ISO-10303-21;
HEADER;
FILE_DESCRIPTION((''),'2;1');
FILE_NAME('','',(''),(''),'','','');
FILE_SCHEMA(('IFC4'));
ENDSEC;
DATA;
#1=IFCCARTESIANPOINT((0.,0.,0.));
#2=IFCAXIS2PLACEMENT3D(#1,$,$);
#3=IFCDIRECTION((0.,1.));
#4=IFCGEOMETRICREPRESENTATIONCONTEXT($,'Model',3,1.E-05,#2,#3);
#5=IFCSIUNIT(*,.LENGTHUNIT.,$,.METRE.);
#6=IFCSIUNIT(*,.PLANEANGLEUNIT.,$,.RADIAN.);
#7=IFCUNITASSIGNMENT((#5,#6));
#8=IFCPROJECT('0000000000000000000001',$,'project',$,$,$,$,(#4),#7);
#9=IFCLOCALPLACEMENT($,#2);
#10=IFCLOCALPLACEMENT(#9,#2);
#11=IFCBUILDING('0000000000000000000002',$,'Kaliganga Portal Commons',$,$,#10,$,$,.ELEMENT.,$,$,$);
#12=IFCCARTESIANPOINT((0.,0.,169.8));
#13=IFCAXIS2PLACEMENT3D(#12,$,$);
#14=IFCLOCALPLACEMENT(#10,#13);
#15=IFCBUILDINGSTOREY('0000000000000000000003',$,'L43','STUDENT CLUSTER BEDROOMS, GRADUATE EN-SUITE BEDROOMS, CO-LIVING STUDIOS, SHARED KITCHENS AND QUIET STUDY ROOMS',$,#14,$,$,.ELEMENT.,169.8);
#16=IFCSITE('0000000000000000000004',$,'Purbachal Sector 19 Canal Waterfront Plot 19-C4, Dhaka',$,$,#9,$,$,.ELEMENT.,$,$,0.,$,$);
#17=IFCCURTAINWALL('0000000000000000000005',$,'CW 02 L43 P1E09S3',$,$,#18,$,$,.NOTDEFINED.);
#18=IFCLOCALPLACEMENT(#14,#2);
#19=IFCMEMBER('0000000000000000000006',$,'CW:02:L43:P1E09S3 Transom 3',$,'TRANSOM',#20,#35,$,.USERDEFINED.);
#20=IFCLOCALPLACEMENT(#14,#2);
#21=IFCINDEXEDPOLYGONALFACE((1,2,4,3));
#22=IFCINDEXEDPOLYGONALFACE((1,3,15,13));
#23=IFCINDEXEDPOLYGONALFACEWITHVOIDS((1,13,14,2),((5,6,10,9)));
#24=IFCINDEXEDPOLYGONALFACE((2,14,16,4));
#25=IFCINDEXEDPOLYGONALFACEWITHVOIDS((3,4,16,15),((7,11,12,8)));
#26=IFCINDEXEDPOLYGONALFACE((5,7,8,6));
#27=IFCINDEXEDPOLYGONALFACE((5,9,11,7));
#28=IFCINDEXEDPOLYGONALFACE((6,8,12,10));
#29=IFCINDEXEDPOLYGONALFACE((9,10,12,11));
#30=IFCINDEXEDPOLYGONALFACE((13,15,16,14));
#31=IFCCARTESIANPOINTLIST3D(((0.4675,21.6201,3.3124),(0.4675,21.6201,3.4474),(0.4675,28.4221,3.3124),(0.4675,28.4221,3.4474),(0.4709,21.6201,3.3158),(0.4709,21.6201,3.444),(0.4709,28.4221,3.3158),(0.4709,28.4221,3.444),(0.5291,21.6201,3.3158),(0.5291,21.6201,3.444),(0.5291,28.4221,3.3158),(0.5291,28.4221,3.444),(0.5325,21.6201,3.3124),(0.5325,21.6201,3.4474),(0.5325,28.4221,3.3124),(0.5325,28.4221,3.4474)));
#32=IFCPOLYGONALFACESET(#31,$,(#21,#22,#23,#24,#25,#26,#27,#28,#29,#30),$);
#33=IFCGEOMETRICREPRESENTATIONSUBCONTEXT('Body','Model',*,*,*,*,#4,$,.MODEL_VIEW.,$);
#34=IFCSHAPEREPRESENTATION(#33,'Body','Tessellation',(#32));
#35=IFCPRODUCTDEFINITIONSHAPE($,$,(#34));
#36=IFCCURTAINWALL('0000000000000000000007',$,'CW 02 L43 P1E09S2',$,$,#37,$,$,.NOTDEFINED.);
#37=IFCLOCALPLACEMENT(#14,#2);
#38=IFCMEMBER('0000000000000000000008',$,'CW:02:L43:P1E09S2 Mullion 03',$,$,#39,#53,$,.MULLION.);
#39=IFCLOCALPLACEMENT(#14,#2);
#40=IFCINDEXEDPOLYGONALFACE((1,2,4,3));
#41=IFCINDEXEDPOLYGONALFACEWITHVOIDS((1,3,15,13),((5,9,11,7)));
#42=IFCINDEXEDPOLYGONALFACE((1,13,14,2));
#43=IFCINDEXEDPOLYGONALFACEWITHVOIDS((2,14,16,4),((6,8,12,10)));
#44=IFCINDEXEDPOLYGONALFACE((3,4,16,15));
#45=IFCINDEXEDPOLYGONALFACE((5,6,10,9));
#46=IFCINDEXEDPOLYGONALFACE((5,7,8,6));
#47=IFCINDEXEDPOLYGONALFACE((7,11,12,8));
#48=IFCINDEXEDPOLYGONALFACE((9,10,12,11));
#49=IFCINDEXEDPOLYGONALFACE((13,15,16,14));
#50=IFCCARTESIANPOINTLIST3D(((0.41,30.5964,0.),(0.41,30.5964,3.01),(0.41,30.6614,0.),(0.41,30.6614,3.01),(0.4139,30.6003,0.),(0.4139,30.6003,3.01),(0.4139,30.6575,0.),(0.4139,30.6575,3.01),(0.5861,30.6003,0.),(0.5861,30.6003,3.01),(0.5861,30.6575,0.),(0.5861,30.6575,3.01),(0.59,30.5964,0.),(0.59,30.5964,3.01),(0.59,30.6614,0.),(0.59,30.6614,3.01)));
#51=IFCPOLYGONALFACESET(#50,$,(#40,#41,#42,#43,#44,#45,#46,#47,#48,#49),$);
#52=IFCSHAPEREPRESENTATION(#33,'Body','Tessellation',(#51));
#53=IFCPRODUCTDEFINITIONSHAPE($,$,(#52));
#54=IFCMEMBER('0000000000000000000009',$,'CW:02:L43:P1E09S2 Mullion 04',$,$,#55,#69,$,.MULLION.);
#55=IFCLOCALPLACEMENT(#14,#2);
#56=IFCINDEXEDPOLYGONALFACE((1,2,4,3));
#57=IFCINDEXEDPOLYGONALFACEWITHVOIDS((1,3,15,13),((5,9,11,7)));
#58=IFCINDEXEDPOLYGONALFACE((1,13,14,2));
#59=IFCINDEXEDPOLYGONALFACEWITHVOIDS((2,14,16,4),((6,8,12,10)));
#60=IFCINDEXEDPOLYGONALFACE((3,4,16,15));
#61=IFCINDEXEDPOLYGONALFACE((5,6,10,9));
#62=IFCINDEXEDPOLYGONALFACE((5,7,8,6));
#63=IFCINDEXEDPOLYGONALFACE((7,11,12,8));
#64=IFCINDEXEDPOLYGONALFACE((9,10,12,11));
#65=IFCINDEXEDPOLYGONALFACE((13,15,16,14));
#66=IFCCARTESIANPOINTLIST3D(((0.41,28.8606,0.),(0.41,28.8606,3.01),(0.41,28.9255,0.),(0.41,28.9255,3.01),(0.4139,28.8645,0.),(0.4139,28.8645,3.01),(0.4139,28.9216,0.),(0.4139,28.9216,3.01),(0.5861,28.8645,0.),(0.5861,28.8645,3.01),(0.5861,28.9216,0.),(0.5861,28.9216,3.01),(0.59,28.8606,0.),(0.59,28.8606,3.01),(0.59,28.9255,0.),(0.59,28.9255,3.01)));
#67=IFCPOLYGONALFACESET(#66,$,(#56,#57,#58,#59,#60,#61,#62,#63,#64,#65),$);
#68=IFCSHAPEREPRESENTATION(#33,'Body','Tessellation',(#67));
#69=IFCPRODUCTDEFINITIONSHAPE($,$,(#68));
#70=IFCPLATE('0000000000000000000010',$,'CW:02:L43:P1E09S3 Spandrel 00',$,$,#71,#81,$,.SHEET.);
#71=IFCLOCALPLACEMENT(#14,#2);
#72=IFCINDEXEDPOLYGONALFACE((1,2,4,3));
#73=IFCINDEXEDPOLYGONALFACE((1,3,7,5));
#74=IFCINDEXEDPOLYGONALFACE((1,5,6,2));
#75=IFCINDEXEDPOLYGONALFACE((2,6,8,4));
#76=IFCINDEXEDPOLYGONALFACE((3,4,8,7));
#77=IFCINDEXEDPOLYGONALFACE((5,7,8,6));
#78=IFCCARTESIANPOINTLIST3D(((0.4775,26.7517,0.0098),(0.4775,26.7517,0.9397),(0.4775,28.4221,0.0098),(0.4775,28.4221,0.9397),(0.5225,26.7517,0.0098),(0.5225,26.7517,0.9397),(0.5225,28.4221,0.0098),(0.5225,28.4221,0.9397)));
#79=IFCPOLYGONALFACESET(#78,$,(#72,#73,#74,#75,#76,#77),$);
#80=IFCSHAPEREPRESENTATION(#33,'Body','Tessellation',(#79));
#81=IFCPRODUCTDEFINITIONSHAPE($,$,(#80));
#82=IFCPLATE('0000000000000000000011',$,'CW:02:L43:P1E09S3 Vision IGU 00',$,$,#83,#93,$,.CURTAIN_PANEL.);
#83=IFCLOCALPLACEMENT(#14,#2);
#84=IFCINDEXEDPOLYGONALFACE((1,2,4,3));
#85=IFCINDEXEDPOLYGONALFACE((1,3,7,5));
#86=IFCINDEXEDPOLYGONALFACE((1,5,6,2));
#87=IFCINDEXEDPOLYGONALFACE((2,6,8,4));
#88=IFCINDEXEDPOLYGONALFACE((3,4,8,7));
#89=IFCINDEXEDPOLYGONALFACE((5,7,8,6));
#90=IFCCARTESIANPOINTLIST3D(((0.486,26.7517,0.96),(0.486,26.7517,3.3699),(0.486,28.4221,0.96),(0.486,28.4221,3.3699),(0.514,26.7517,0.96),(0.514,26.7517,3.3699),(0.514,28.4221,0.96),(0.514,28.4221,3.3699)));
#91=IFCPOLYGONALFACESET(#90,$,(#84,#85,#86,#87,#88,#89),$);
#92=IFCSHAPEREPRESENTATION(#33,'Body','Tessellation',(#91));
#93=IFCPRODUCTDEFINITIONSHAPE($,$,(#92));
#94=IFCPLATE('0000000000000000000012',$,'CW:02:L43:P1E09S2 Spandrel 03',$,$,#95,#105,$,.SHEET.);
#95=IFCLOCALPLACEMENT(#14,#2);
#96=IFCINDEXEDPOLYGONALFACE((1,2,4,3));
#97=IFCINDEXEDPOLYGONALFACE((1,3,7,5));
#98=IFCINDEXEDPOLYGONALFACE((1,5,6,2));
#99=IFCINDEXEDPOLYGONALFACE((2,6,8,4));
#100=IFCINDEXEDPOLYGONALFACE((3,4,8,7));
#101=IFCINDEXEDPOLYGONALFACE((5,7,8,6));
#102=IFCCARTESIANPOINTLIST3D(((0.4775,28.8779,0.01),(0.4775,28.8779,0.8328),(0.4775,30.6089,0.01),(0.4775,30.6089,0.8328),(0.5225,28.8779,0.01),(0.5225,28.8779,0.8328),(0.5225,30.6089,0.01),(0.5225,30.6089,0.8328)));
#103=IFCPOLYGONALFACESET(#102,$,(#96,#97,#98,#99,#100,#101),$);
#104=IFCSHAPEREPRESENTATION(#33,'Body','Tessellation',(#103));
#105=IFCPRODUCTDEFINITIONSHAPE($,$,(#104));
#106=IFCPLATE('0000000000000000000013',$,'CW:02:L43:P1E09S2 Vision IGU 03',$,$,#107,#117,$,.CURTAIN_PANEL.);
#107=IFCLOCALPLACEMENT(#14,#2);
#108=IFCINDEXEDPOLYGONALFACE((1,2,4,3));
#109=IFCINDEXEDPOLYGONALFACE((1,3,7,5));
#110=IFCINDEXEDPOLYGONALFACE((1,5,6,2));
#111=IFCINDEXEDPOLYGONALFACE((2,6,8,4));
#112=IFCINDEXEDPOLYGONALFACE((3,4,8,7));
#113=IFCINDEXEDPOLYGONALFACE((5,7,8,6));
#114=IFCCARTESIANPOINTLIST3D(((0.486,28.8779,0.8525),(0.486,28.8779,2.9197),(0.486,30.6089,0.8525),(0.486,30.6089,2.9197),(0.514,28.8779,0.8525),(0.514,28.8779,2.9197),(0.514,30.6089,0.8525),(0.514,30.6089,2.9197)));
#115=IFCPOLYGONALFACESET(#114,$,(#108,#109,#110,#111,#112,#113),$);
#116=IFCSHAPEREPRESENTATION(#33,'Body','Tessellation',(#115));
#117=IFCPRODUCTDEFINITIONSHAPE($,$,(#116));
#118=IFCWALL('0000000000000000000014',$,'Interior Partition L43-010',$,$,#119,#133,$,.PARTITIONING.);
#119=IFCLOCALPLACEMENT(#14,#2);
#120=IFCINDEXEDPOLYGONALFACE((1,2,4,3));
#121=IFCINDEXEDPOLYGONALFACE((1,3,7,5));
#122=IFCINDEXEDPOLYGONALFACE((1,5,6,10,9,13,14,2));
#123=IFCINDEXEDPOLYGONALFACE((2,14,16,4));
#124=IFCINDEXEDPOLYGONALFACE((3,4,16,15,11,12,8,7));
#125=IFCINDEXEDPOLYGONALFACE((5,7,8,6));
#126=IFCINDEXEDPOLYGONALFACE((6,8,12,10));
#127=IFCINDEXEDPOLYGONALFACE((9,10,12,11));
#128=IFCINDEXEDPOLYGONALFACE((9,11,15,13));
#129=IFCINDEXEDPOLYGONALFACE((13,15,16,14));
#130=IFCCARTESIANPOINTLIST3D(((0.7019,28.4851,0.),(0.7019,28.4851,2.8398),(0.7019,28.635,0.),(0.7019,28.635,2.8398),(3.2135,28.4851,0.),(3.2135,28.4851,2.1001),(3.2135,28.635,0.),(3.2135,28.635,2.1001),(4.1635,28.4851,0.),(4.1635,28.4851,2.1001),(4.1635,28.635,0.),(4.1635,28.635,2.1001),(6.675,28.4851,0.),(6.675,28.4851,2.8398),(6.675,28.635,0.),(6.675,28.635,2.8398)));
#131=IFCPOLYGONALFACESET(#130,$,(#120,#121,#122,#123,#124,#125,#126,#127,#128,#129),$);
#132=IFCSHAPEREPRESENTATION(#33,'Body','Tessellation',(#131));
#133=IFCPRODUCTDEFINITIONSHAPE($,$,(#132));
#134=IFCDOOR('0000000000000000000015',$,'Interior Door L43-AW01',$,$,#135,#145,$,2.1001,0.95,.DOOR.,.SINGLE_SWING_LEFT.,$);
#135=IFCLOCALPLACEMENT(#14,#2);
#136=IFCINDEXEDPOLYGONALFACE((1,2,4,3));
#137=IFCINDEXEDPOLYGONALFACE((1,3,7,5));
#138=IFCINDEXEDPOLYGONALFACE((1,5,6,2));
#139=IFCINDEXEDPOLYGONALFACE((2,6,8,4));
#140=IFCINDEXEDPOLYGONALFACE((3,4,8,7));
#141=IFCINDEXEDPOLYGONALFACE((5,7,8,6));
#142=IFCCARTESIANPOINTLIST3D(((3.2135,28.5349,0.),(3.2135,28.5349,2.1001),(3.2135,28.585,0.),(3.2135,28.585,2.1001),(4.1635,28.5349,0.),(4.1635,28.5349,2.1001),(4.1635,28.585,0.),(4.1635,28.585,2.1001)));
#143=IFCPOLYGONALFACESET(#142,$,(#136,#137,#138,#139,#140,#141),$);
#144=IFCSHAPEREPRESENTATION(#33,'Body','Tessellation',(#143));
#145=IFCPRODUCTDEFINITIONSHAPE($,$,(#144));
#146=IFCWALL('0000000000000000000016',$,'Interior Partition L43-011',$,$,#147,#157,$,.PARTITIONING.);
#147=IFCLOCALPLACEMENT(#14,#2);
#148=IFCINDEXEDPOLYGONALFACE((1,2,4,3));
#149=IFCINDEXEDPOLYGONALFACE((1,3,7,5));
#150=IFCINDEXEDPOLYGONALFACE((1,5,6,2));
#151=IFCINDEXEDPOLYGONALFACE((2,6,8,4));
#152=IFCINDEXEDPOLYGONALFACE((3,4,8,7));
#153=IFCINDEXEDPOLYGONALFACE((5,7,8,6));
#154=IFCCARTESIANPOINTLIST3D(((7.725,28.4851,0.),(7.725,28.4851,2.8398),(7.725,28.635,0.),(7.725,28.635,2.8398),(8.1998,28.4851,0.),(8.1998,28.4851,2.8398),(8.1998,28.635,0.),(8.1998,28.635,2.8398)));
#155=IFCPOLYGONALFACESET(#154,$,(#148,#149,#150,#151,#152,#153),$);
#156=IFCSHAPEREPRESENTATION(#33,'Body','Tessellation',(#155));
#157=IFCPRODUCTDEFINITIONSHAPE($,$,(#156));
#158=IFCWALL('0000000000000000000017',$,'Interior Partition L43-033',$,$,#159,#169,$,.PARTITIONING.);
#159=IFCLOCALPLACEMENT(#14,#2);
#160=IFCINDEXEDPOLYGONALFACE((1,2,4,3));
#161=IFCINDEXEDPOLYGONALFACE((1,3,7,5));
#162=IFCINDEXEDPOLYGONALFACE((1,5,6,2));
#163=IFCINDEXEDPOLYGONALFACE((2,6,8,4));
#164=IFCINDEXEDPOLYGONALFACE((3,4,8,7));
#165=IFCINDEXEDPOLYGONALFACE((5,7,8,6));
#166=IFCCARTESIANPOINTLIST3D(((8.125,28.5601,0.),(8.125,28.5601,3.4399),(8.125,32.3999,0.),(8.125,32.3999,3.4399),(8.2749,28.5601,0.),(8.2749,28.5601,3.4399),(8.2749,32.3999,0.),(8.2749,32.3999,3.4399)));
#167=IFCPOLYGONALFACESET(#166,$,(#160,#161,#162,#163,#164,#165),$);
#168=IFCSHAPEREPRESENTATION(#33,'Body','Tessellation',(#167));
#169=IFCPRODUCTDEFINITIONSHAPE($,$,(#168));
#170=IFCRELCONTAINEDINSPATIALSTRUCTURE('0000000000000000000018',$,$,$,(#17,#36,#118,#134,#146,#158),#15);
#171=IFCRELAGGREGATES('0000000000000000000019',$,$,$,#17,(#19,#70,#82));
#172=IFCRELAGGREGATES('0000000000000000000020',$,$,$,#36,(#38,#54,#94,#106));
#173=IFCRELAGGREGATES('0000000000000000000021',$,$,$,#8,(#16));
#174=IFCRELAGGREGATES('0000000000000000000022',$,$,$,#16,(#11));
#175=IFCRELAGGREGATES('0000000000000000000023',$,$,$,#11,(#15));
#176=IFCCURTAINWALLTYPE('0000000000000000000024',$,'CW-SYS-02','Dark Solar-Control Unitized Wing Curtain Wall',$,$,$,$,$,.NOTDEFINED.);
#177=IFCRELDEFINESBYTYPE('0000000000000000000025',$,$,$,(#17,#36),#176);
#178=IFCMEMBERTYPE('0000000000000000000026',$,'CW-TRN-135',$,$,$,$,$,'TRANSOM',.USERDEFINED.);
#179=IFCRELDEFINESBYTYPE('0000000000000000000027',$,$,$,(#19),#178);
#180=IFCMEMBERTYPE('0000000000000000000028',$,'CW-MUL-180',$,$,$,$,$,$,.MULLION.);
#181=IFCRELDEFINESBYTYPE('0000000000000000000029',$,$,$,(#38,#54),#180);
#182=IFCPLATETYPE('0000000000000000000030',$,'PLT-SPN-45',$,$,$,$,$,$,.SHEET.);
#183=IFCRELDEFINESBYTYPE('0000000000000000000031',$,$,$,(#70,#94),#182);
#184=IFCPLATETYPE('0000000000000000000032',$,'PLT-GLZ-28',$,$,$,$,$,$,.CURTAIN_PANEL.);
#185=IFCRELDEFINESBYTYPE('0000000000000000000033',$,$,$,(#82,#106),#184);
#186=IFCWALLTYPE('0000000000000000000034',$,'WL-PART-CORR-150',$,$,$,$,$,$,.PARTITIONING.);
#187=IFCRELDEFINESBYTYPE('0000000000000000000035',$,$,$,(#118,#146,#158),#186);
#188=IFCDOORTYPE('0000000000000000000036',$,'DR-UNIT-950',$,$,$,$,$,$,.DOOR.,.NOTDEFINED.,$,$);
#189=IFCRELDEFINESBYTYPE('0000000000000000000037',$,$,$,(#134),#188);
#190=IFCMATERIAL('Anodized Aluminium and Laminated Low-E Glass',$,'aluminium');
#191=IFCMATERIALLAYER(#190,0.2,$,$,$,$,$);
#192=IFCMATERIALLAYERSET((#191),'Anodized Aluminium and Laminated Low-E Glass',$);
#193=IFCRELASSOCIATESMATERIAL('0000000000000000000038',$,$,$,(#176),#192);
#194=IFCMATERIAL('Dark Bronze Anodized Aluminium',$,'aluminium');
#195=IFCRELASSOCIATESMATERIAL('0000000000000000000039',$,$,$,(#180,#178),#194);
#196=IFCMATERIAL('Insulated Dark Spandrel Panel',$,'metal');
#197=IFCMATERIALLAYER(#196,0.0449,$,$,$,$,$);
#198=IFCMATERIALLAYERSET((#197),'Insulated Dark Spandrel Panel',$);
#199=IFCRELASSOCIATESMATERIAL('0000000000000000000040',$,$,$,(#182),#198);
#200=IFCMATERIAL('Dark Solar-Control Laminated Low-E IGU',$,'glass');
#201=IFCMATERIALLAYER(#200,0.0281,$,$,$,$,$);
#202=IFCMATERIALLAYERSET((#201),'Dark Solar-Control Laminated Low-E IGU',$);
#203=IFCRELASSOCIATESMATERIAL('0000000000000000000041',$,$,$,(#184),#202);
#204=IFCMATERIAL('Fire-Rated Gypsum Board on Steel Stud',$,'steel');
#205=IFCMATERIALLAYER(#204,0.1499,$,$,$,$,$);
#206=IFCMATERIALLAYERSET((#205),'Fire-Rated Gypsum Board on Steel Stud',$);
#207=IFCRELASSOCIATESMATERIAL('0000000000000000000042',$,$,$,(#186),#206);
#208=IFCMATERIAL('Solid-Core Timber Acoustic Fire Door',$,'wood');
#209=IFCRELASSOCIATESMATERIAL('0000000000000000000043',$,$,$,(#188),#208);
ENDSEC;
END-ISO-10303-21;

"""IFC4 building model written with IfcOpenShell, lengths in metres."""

from ifc_helpers import new_model, si_unit, direction, frame, frame_2d, origin, origin_2d, place, context, subcontext, project, spatial, rectangle, hollow_rectangle, extrude, source, transform, mapped, material, layer, layer_set, material_profile, profile_set, type_object, element, fill, aggregate, save


model = new_model("IFC4")

# Units and contexts
model_context = context("Model", 3, precision=1e-05, world=origin(), true_north=direction((0.0, 1.0)))
body_context = subcontext(model_context, "Body", "Model", "MODEL_VIEW")
ifc_project = project(units=[si_unit("LENGTHUNIT", "METRE"), si_unit("PLANEANGLEUNIT", "RADIAN")], contexts=[model_context])

# Site, building, storey
site_placement = place(None, origin())
site = spatial("IfcSite", under=ifc_project, at=site_placement, Name="Purbachal Sector 19 Canal Waterfront Plot 19-C4, Dhaka", CompositionType="ELEMENT", RefElevation=0.0)
building_placement = place(site_placement, origin())
building = spatial("IfcBuilding", under=site, at=building_placement, Name="Kaliganga Portal Commons", CompositionType="ELEMENT")
storey_placement = place(building_placement, frame((0.0, 0.0, 169.8)))
storey = spatial("IfcBuildingStorey", under=building, at=storey_placement, Name="L43", Description="STUDENT CLUSTER BEDROOMS, GRADUATE EN-SUITE BEDROOMS, CO-LIVING STUDIOS, SHARED KITCHENS AND QUIET STUDY ROOMS", CompositionType="ELEMENT", Elevation=169.8)

# Curtain walls, members
ifc_material_1 = material(Name="Anodized Aluminium and Laminated Low-E Glass", Category="aluminium")
ifc_layer_1 = layer(ifc_material_1, 0.2)
ifc_layer_set_1 = layer_set([ifc_layer_1], Name="Anodized Aluminium and Laminated Low-E Glass")
curtain_wall_type = type_object("IfcCurtainWallType", Name="CW-SYS-02", Description="Dark Solar-Control Unitized Wing Curtain Wall", PredefinedType="NOTDEFINED", material=ifc_layer_set_1)
curtain_wall_1_placement = place(storey_placement, origin())
curtain_wall_1 = element("IfcCurtainWall", 1, at=curtain_wall_1_placement, inside=storey, type_object=curtain_wall_type, Name="CW 02 L43 P1E09S3", PredefinedType="NOTDEFINED")
ifc_material_2 = material(Name="Dark Bronze Anodized Aluminium", Category="aluminium")
ifc_material_profile_1 = material_profile(ifc_material_2, hollow_rectangle(XDim=0.0649, YDim=0.1799, WallThickness=0.0039, at=origin_2d()), Name="ALU MULL 65x180x4")
ifc_profile_set_1 = profile_set([ifc_material_profile_1], Name="Dark Bronze Anodized Aluminium")
member_type_1 = type_object("IfcMemberType", Name="CW-MUL-180", PredefinedType="MULLION", material=ifc_profile_set_1)
ifc_material_profile_2 = material_profile(ifc_material_2, hollow_rectangle(XDim=0.0649, YDim=0.135, WallThickness=0.0034, at=origin_2d()), Name="ALU TRAN 65x135x3.5")
ifc_profile_set_2 = profile_set([ifc_material_profile_2], Name="Dark Bronze Anodized Aluminium")
member_type_2 = type_object("IfcMemberType", Name="CW-TRN-135", ElementType="TRANSOM", PredefinedType="USERDEFINED", material=ifc_profile_set_2)
shared_shape_1 = source(origin(), body_context, "Body", "SweptSolid", [
    extrude(hollow_rectangle(XDim=0.0649, YDim=0.135, WallThickness=0.0034, at=origin_2d()), origin(), (0.0, 0.0, 1.0), 6.802),
])
member_1_placement = place(storey_placement, frame((0.5, 28.4221, 3.3799), z_axis=(0.0, -1.0, 0.0), x_axis=(1.0, 0.0, 0.0)))
member_1 = element("IfcMember", 2, at=member_1_placement, type_object=member_type_2, Name="CW:02:L43:P1E09S3 Transom 3", ObjectType="TRANSOM", PredefinedType="USERDEFINED", context=body_context, shape_type="MappedRepresentation", body=[
    mapped(shared_shape_1, transform((0.0, 0.0, 0.0), x_axis=(1.0, 0.0, 0.0), y_axis=(0.0, 1.0, 0.0), z_axis=(0.0, 0.0, 1.0), scale=1.0)),
])
curtain_wall_2_placement = place(storey_placement, origin())
curtain_wall_2 = element("IfcCurtainWall", 3, at=curtain_wall_2_placement, inside=storey, type_object=curtain_wall_type, Name="CW 02 L43 P1E09S2", PredefinedType="NOTDEFINED")
shared_shape_2 = source(origin(), body_context, "Body", "SweptSolid", [
    extrude(hollow_rectangle(XDim=0.0649, YDim=0.1799, WallThickness=0.0039, at=origin_2d()), origin(), (0.0, 0.0, 1.0), 3.01),
])
member_2_placement = place(storey_placement, frame((0.5, 30.6289, 0.0), z_axis=(0.0, 0.0, 1.0), x_axis=(0.0, -1.0, 0.0)))
member_2 = element("IfcMember", 4, at=member_2_placement, type_object=member_type_1, Name="CW:02:L43:P1E09S2 Mullion 03", PredefinedType="MULLION", context=body_context, shape_type="MappedRepresentation", body=[
    mapped(shared_shape_2, transform((0.0, 0.0, 0.0), x_axis=(1.0, 0.0, 0.0), y_axis=(0.0, 1.0, 0.0), z_axis=(0.0, 0.0, 1.0), scale=1.0)),
])
member_3_placement = place(storey_placement, frame((0.5, 28.8931, 0.0), z_axis=(0.0, 0.0, 1.0), x_axis=(0.0, -1.0, 0.0)))
member_3 = element("IfcMember", 5, at=member_3_placement, type_object=member_type_1, Name="CW:02:L43:P1E09S2 Mullion 04", PredefinedType="MULLION", context=body_context, shape_type="MappedRepresentation", body=[
    mapped(shared_shape_2, transform((0.0, 0.0, 0.0), x_axis=(1.0, 0.0, 0.0), y_axis=(0.0, 1.0, 0.0), z_axis=(0.0, 0.0, 1.0), scale=1.0)),
])

# Plates
ifc_material_3 = material(Name="Insulated Dark Spandrel Panel", Category="metal")
ifc_layer_2 = layer(ifc_material_3, 0.0449)
ifc_layer_set_2 = layer_set([ifc_layer_2], Name="Insulated Dark Spandrel Panel")
plate_type_1 = type_object("IfcPlateType", Name="PLT-SPN-45", PredefinedType="SHEET", material=ifc_layer_set_2)
shared_shape_3 = source(origin(), body_context, "Body", "SweptSolid", [
    extrude(rectangle(XDim=1.6704, YDim=0.0449, at=origin_2d()), origin(), (0.0, 0.0, 1.0), 0.9299),
])
plate_1_placement = place(storey_placement, frame((0.5, 27.5869, 0.0098), z_axis=(0.0, 0.0, 1.0), x_axis=(0.0, -1.0, 0.0)))
plate_1 = element("IfcPlate", 6, at=plate_1_placement, type_object=plate_type_1, Name="CW:02:L43:P1E09S3 Spandrel 00", PredefinedType="SHEET", context=body_context, shape_type="MappedRepresentation", body=[
    mapped(shared_shape_3, transform((0.0, 0.0, 0.0), x_axis=(1.0, 0.0, 0.0), y_axis=(0.0, 1.0, 0.0), z_axis=(0.0, 0.0, 1.0), scale=1.0)),
])
ifc_material_4 = material(Name="Dark Solar-Control Laminated Low-E IGU", Category="glass")
ifc_layer_3 = layer(ifc_material_4, 0.0281)
ifc_layer_set_3 = layer_set([ifc_layer_3], Name="Dark Solar-Control Laminated Low-E IGU")
plate_type_2 = type_object("IfcPlateType", Name="PLT-GLZ-28", PredefinedType="CURTAIN_PANEL", material=ifc_layer_set_3)
shared_shape_4 = source(origin(), body_context, "Body", "SweptSolid", [
    extrude(rectangle(XDim=1.6704, YDim=0.0281, at=origin_2d()), origin(), (0.0, 0.0, 1.0), 2.4099),
])
plate_2_placement = place(storey_placement, frame((0.5, 27.5869, 0.96), z_axis=(0.0, 0.0, 1.0), x_axis=(0.0, -1.0, 0.0)))
plate_2 = element("IfcPlate", 7, at=plate_2_placement, type_object=plate_type_2, Name="CW:02:L43:P1E09S3 Vision IGU 00", PredefinedType="CURTAIN_PANEL", context=body_context, shape_type="MappedRepresentation", body=[
    mapped(shared_shape_4, transform((0.0, 0.0, 0.0), x_axis=(1.0, 0.0, 0.0), y_axis=(0.0, 1.0, 0.0), z_axis=(0.0, 0.0, 1.0), scale=1.0)),
])
aggregate(curtain_wall_1, [member_1, plate_1, plate_2])
shared_shape_5 = source(origin(), body_context, "Body", "SweptSolid", [
    extrude(rectangle(XDim=1.731, YDim=0.0449, at=origin_2d()), origin(), (0.0, 0.0, 1.0), 0.8228),
])
plate_3_placement = place(storey_placement, frame((0.5, 29.7434, 0.01), z_axis=(0.0, 0.0, 1.0), x_axis=(0.0, -1.0, 0.0)))
plate_3 = element("IfcPlate", 8, at=plate_3_placement, type_object=plate_type_1, Name="CW:02:L43:P1E09S2 Spandrel 03", PredefinedType="SHEET", context=body_context, shape_type="MappedRepresentation", body=[
    mapped(shared_shape_5, transform((0.0, 0.0, 0.0), x_axis=(1.0, 0.0, 0.0), y_axis=(0.0, 1.0, 0.0), z_axis=(0.0, 0.0, 1.0), scale=1.0)),
])
shared_shape_6 = source(origin(), body_context, "Body", "SweptSolid", [
    extrude(rectangle(XDim=1.731, YDim=0.0281, at=origin_2d()), origin(), (0.0, 0.0, 1.0), 2.0671),
])
plate_4_placement = place(storey_placement, frame((0.5, 29.7434, 0.8525), z_axis=(0.0, 0.0, 1.0), x_axis=(0.0, -1.0, 0.0)))
plate_4 = element("IfcPlate", 9, at=plate_4_placement, type_object=plate_type_2, Name="CW:02:L43:P1E09S2 Vision IGU 03", PredefinedType="CURTAIN_PANEL", context=body_context, shape_type="MappedRepresentation", body=[
    mapped(shared_shape_6, transform((0.0, 0.0, 0.0), x_axis=(1.0, 0.0, 0.0), y_axis=(0.0, 1.0, 0.0), z_axis=(0.0, 0.0, 1.0), scale=1.0)),
])
aggregate(curtain_wall_2, [member_2, member_3, plate_3, plate_4])

# Wall, opening, door
ifc_material_5 = material(Name="Fire-Rated Gypsum Board on Steel Stud", Category="steel")
ifc_layer_4 = layer(ifc_material_5, 0.1499)
ifc_layer_set_4 = layer_set([ifc_layer_4], Name="Fire-Rated Gypsum Board on Steel Stud")
wall_type_1 = type_object("IfcWallType", Name="WL-PART-CORR-150", PredefinedType="PARTITIONING", material=ifc_layer_set_4)
wall_1_placement = place(storey_placement, frame((0.7019, 28.5601, 0.0), z_axis=(0.0, 0.0, 1.0), x_axis=(1.0, 0.0, 0.0)))
wall_1 = element("IfcWall", 10, at=wall_1_placement, inside=storey, type_object=wall_type_1, Name="Interior Partition L43-010", PredefinedType="PARTITIONING", context=body_context, shape_type="SweptSolid", body=[
    extrude(rectangle(XDim=5.9731, YDim=0.1499, at=frame_2d((2.9866, 0.0))), origin(), (0.0, 0.0, 1.0), 2.8398),
])
opening_placement = place(wall_1_placement, frame((2.5115, 0.0, 0.0)))
opening = element("IfcOpeningElement", 11, at=opening_placement, cuts=wall_1, PredefinedType="OPENING", context=body_context, shape_type="SweptSolid", body=[
    extrude(rectangle(XDim=0.95, YDim=2.1001, at=frame_2d((0.4751, 1.05))), frame((0.0, 0.085, 0.0), z_axis=(0.0, -1.0, 0.0), x_axis=(1.0, 0.0, 0.0)), (0.0, 0.0, 1.0), 0.1699),
])
ifc_material_6 = material(Name="Solid-Core Timber Acoustic Fire Door", Category="wood")
door_type = type_object("IfcDoorType", Name="DR-UNIT-950", OperationType="NOTDEFINED", PredefinedType="DOOR", material=ifc_material_6)
door_placement = place(opening_placement, origin())
door = element("IfcDoor", 12, at=door_placement, inside=storey, type_object=door_type, Name="Interior Door L43-AW01", OperationType="SINGLE_SWING_LEFT", OverallHeight=2.1001, OverallWidth=0.95, PredefinedType="DOOR", context=body_context, shape_type="SweptSolid", body=[
    extrude(rectangle(XDim=0.95, YDim=2.1001, at=frame_2d((0.4751, 1.05))), frame((0.0, 0.0249, 0.0), z_axis=(0.0, -1.0, 0.0), x_axis=(1.0, 0.0, 0.0)), (0.0, 0.0, 1.0), 0.05),
])
fill(opening, door)

# Walls
wall_2_placement = place(storey_placement, frame((7.7251, 28.5601, 0.0), z_axis=(0.0, 0.0, 1.0), x_axis=(1.0, 0.0, 0.0)))
element("IfcWall", 13, at=wall_2_placement, inside=storey, type_object=wall_type_1, Name="Interior Partition L43-011", PredefinedType="PARTITIONING", context=body_context, shape_type="SweptSolid", body=[
    extrude(rectangle(XDim=0.4749, YDim=0.1499, at=frame_2d((0.2373, 0.0))), origin(), (0.0, 0.0, 1.0), 2.8398),
])
wall_3_placement = place(storey_placement, frame((8.2, 28.5601, 0.0), z_axis=(0.0, 0.0, 1.0), x_axis=(0.0, 1.0, 0.0)))
element("IfcWall", 14, at=wall_3_placement, inside=storey, type_object=wall_type_1, Name="Interior Partition L43-033", PredefinedType="PARTITIONING", context=body_context, shape_type="SweptSolid", body=[
    extrude(rectangle(XDim=3.8398, YDim=0.1499, at=frame_2d((1.9199, 0.0))), origin(), (0.0, 0.0, 1.0), 3.4399),
])

save(model, "model.ifc")
